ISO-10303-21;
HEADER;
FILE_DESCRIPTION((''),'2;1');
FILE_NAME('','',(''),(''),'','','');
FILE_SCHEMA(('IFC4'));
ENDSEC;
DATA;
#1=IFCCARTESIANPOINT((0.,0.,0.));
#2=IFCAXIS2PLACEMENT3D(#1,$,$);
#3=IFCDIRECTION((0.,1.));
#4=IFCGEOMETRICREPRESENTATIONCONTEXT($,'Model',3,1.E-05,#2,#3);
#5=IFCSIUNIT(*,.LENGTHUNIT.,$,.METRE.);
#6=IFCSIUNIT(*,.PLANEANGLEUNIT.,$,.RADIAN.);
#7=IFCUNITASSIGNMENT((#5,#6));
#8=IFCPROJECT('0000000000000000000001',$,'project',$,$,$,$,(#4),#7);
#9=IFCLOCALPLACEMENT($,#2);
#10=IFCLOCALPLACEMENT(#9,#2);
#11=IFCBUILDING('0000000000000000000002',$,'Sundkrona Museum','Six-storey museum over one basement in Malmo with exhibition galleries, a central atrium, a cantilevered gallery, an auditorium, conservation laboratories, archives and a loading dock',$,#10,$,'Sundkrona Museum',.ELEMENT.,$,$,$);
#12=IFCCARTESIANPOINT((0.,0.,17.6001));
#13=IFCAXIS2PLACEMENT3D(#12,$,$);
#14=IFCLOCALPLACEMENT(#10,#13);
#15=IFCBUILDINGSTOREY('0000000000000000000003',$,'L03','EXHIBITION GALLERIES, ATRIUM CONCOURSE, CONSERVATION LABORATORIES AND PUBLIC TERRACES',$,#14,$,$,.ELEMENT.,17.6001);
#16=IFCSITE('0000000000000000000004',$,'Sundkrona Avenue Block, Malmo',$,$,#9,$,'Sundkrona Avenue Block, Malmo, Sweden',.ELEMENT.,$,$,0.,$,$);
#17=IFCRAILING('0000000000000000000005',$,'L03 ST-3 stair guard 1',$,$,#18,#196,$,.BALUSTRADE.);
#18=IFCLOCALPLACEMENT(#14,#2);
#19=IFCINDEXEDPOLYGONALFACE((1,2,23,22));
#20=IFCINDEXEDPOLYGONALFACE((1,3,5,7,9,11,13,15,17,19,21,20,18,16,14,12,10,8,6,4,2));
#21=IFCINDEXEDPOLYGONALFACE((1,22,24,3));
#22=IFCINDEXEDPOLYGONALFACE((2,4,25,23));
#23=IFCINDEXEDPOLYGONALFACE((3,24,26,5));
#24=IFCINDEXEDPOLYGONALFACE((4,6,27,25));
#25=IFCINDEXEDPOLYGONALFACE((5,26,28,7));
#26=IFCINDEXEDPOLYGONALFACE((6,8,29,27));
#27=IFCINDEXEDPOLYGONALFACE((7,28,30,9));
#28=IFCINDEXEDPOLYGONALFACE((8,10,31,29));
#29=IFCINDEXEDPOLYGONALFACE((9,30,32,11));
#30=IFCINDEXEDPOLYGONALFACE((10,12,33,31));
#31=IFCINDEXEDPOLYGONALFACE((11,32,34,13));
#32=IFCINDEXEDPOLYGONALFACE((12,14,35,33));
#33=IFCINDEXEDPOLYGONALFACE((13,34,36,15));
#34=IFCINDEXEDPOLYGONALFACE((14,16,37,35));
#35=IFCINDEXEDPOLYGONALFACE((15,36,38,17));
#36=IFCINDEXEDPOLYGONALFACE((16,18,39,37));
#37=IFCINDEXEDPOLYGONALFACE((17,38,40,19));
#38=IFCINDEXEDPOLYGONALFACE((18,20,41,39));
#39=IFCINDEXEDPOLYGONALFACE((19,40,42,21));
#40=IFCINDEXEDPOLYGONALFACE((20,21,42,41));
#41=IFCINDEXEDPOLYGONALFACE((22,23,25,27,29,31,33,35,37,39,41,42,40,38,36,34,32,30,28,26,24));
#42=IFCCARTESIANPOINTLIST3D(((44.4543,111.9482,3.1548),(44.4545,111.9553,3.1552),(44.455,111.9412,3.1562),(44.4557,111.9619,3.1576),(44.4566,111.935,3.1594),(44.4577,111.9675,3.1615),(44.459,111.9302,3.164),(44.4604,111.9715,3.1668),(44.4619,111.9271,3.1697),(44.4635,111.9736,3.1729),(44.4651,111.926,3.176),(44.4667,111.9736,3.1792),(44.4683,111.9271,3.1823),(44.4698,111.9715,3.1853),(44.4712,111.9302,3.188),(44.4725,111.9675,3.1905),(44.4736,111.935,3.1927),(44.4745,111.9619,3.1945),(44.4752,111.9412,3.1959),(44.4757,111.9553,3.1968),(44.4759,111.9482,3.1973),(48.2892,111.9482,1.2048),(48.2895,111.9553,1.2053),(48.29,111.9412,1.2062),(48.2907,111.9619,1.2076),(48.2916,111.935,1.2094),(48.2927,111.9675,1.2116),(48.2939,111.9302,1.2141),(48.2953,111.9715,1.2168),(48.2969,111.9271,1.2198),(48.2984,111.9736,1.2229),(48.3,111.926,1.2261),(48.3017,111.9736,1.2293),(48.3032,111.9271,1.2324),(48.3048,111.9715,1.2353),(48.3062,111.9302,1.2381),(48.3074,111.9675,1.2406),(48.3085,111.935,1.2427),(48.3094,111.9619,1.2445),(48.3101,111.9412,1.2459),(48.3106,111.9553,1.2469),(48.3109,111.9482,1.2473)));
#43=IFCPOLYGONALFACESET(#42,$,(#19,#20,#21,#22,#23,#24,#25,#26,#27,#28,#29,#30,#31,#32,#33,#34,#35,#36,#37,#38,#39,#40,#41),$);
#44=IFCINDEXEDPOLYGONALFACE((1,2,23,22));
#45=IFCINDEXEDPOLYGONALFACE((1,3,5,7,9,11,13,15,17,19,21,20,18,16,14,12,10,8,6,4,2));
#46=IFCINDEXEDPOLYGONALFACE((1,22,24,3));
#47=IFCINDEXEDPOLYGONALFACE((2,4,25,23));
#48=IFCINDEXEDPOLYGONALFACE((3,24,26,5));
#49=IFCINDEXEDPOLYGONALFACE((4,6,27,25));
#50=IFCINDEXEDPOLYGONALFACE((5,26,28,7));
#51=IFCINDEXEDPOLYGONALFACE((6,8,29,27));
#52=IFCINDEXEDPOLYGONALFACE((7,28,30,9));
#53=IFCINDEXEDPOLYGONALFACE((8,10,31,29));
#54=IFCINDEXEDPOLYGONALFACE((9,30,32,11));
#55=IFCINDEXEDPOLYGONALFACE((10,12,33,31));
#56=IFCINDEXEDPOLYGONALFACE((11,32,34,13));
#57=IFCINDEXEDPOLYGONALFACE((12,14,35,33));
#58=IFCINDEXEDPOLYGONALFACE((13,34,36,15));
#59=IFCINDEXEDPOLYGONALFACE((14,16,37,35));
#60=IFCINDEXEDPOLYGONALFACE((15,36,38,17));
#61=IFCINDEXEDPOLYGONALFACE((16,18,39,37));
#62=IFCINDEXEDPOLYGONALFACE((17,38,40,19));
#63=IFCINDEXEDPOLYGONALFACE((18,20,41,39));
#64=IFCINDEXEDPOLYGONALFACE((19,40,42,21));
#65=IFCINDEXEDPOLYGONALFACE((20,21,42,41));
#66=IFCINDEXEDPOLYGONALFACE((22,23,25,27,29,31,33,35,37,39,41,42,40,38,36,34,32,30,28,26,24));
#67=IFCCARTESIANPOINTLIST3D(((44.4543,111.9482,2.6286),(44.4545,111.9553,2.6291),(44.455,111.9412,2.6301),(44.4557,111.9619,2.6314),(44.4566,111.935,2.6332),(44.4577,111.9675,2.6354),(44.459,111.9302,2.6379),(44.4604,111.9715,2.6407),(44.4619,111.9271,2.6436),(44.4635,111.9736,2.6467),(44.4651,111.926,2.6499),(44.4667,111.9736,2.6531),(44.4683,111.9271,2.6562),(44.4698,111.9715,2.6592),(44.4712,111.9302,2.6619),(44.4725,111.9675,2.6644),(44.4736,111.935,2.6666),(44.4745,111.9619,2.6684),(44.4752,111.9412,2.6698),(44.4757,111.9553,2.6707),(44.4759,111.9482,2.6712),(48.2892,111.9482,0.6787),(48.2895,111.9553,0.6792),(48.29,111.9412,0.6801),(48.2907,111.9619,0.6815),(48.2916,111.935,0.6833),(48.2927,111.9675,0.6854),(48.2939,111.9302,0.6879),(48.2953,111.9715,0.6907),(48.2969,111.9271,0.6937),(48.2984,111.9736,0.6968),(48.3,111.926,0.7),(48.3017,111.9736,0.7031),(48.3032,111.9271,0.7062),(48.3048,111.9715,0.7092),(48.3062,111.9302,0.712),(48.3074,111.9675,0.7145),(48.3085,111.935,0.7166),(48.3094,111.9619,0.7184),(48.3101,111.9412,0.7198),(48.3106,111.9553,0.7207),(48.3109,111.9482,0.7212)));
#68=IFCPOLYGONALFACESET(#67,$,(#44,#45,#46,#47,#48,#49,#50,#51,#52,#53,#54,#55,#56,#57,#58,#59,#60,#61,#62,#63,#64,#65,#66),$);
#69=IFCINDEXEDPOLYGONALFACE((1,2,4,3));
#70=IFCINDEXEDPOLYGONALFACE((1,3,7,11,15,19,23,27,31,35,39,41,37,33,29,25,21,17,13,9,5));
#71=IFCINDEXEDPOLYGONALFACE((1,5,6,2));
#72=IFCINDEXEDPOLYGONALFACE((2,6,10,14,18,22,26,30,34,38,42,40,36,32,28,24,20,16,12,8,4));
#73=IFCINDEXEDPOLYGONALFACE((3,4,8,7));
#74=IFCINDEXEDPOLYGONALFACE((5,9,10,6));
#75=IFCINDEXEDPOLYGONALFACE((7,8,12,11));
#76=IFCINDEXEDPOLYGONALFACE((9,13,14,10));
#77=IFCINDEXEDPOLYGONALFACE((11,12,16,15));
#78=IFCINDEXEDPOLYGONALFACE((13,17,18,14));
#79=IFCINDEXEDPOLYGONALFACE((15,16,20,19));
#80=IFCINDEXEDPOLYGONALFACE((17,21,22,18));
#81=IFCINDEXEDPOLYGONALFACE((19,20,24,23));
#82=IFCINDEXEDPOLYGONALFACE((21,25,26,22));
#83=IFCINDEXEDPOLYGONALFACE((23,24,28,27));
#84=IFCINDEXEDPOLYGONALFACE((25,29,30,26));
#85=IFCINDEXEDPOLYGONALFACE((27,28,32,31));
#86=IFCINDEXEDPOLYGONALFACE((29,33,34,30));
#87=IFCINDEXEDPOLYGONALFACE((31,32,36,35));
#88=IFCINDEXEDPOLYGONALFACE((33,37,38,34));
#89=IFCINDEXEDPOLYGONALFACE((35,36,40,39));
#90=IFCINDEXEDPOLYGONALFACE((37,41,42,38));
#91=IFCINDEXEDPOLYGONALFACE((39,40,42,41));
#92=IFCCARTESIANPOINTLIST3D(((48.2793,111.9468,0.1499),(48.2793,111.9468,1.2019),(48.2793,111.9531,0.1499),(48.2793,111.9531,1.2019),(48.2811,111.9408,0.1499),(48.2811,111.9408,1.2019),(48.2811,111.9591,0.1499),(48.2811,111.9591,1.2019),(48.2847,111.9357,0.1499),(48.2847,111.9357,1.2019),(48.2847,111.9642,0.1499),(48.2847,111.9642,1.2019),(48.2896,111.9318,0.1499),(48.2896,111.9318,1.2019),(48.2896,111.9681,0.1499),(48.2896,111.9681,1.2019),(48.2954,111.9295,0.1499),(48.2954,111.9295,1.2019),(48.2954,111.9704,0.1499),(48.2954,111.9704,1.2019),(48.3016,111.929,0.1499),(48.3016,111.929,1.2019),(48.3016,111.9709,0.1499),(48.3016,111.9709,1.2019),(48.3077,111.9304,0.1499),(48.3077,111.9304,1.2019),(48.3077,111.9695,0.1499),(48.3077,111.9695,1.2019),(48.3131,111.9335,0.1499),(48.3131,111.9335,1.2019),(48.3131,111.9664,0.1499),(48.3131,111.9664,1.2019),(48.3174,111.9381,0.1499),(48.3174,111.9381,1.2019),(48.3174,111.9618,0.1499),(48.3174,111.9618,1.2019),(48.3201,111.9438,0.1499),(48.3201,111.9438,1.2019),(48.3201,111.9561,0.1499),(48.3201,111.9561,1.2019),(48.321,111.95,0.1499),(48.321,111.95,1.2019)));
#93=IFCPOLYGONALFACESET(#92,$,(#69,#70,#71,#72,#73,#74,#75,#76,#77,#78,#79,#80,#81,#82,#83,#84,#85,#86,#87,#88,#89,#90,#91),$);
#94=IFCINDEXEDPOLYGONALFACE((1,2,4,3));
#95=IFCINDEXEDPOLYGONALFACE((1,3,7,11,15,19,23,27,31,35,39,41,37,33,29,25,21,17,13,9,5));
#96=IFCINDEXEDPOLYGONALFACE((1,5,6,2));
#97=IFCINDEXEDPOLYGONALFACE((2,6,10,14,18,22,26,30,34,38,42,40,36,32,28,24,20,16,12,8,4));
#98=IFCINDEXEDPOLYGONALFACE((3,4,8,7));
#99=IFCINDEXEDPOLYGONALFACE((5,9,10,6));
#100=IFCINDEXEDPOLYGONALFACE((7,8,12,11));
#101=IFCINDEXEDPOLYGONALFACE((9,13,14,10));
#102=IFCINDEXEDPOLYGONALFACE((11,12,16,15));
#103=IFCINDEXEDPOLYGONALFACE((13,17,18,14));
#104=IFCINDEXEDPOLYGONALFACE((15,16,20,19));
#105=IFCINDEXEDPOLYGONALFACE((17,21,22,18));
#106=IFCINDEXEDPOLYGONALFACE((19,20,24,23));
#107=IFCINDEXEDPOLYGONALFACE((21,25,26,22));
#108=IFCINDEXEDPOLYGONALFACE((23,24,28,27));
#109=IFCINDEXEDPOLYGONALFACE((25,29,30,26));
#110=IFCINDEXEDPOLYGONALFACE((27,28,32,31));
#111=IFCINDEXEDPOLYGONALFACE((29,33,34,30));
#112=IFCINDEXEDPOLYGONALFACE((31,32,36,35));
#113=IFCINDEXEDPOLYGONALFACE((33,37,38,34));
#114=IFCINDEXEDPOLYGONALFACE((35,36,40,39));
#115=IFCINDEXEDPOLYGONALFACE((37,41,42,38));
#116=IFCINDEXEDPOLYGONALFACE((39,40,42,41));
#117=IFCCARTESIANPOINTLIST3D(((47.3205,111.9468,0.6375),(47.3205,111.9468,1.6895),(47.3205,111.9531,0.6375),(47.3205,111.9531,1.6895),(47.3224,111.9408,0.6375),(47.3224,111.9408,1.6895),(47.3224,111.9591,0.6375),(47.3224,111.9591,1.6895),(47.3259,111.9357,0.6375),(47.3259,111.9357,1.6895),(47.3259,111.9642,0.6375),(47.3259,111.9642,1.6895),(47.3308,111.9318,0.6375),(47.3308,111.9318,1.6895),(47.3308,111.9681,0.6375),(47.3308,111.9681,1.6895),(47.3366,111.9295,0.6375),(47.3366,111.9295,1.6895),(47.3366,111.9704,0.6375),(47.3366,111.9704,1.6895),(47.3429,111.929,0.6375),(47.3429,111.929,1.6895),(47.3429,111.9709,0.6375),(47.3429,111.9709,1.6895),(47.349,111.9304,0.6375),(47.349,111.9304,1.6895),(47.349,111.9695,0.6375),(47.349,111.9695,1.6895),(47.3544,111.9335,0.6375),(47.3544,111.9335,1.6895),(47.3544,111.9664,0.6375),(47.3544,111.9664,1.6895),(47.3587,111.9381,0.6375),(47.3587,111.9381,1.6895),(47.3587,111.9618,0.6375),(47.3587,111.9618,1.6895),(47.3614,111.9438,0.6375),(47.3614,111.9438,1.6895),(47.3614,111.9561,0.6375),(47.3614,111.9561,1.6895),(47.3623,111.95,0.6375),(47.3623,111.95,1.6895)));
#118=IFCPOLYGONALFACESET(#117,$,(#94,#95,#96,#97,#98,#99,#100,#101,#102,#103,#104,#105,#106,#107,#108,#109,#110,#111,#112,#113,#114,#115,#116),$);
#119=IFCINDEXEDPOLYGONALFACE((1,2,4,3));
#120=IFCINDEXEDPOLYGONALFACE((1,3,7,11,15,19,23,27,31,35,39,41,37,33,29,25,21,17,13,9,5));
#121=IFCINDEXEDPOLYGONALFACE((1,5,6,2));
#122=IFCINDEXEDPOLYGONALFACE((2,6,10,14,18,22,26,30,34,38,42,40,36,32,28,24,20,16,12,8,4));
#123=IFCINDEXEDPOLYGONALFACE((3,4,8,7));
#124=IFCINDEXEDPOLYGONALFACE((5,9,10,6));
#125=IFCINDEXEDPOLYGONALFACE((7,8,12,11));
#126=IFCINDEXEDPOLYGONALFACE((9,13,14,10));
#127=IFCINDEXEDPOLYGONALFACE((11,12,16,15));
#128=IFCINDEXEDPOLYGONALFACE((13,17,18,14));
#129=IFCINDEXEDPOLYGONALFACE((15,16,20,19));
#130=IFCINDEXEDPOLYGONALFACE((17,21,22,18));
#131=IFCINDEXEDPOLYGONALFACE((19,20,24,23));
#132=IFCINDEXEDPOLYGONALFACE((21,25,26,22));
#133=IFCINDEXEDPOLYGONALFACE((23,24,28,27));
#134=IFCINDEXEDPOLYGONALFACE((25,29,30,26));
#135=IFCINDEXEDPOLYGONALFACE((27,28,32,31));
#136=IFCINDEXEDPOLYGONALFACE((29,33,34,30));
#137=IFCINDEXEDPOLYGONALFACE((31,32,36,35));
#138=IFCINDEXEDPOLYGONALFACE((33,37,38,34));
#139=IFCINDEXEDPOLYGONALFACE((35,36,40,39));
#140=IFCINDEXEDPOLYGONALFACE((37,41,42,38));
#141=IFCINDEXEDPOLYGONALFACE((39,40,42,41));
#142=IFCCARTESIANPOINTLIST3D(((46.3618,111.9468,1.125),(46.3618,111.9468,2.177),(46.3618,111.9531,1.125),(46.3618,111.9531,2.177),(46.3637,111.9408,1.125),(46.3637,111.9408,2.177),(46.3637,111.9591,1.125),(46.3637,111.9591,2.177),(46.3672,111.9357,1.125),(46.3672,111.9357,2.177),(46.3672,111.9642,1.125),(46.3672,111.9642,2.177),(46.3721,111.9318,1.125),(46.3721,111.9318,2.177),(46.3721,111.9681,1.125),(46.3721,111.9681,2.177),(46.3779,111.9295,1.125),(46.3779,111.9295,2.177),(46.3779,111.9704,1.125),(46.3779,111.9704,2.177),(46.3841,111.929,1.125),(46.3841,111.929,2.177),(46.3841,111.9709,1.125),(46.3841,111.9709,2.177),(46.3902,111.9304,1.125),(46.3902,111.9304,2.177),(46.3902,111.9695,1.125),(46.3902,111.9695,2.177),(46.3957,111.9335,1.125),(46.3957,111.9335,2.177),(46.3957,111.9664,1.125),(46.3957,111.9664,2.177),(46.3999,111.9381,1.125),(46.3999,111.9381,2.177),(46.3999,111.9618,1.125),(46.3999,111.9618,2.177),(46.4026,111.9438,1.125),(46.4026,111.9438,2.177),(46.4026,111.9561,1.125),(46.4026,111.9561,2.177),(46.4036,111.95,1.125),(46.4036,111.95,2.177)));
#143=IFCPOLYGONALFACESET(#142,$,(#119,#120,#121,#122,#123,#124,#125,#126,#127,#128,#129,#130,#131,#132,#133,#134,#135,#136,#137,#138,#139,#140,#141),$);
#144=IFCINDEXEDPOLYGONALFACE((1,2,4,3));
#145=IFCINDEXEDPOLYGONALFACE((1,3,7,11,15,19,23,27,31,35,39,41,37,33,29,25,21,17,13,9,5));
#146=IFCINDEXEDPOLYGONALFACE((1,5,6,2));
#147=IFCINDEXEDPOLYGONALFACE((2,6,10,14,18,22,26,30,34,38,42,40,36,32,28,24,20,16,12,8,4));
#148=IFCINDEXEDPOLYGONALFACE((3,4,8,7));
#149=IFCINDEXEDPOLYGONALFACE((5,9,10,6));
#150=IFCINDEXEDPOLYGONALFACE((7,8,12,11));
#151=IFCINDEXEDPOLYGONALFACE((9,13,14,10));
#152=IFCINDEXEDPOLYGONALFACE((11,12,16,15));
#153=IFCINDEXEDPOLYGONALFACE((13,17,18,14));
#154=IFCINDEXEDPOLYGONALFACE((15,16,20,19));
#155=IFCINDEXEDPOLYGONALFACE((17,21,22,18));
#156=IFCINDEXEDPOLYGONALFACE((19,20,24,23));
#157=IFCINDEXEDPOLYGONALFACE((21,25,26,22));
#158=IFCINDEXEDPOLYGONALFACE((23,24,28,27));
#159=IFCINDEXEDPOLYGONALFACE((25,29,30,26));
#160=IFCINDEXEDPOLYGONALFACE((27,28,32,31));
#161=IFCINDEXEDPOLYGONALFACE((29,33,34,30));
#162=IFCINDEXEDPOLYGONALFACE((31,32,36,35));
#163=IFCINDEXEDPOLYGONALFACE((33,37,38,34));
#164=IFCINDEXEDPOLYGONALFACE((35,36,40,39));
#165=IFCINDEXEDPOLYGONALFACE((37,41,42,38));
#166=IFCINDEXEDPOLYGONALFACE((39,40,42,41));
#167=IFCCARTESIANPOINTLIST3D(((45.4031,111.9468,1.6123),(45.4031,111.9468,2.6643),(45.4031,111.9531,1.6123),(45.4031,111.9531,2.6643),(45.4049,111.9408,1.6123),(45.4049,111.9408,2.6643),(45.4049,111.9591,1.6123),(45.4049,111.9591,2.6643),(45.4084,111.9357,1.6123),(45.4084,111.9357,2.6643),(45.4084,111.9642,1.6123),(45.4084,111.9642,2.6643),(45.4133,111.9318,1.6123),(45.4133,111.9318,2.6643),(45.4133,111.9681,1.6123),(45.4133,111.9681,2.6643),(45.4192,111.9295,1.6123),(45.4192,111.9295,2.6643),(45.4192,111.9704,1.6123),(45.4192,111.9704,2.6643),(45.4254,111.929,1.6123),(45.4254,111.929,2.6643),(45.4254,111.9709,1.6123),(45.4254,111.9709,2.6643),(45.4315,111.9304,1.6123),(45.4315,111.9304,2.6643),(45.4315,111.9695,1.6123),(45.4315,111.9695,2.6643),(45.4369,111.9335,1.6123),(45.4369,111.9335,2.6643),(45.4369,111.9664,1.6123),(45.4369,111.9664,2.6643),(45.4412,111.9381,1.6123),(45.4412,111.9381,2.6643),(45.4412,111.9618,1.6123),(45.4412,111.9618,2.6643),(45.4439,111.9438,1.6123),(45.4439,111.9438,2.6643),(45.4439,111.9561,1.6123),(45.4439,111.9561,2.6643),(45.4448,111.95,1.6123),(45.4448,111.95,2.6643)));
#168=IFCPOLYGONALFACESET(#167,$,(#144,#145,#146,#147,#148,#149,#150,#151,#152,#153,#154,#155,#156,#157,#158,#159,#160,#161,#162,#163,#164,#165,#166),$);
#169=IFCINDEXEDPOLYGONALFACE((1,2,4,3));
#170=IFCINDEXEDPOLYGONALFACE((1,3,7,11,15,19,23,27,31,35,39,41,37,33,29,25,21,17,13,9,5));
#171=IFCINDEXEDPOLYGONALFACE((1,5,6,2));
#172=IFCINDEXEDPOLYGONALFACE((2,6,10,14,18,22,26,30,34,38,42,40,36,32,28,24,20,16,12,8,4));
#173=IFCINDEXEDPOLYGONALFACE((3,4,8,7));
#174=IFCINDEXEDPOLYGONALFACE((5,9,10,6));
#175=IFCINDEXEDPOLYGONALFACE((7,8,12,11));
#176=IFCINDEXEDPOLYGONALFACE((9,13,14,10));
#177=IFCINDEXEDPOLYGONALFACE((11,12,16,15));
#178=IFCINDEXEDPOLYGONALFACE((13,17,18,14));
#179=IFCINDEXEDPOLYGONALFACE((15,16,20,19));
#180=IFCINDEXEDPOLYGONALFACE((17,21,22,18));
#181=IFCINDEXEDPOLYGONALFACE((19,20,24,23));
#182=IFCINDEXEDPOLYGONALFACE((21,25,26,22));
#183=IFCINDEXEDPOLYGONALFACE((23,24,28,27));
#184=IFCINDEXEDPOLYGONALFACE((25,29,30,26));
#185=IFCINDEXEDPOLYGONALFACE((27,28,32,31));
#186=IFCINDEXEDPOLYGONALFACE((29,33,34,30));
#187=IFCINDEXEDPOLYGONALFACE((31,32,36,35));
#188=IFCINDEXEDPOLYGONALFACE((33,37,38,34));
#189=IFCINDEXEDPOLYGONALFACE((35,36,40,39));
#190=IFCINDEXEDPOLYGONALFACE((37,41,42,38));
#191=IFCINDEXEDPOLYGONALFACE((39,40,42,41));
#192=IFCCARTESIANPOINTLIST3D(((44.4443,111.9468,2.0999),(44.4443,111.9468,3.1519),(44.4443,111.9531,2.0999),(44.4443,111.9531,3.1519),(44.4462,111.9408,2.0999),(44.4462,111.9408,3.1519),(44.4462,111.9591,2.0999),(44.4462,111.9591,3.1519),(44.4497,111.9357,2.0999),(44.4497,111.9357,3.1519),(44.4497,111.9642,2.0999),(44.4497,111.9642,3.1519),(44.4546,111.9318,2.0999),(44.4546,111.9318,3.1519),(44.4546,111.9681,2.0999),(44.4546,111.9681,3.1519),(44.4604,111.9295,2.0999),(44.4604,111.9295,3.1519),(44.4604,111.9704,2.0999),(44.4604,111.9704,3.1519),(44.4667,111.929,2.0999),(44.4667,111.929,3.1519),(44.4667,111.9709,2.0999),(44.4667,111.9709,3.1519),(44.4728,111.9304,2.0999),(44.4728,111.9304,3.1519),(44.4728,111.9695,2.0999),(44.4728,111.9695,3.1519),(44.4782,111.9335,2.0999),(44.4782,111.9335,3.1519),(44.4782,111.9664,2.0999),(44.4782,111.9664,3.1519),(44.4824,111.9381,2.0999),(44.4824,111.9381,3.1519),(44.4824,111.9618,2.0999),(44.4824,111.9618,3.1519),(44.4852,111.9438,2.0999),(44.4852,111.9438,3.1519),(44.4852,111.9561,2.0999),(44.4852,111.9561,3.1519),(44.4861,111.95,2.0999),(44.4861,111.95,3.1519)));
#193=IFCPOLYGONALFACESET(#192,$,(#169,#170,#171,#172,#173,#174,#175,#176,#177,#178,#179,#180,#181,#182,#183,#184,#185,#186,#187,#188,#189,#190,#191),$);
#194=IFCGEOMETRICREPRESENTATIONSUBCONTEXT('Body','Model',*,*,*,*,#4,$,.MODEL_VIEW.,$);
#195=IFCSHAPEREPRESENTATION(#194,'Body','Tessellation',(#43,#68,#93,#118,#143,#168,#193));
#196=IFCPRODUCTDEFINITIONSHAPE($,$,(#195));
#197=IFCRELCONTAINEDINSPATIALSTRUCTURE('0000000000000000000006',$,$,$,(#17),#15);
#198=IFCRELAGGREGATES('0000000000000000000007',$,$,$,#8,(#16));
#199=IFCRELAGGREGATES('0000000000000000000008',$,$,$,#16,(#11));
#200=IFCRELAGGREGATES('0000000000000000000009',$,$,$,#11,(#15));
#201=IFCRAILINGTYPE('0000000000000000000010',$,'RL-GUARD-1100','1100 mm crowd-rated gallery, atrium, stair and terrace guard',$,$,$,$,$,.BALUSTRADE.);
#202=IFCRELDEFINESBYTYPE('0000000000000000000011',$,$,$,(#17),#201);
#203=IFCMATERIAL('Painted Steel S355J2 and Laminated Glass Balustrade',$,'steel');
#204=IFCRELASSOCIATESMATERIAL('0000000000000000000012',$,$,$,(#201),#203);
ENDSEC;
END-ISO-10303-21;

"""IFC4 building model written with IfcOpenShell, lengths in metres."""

from ifc_helpers import new_model, si_unit, direction, frame, origin, origin_2d, place, context, subcontext, project, spatial, circle, extrude, material, type_object, element, save


model = new_model("IFC4")

# Units and contexts
model_context = context("Model", 3, precision=1e-05, world=origin(), true_north=direction((0.0, 1.0)))
body_context = subcontext(model_context, "Body", "Model", "MODEL_VIEW")
ifc_project = project(units=[si_unit("LENGTHUNIT", "METRE"), si_unit("PLANEANGLEUNIT", "RADIAN")], contexts=[model_context])

# Site, building, storey
site_placement = place(None, origin())
site = spatial("IfcSite", under=ifc_project, at=site_placement, Name="Sundkrona Avenue Block, Malmo", LongName="Sundkrona Avenue Block, Malmo, Sweden", CompositionType="ELEMENT", RefElevation=0.0)
building_placement = place(site_placement, origin())
building = spatial("IfcBuilding", under=site, at=building_placement, Name="Sundkrona Museum", Description="Six-storey museum over one basement in Malmo with exhibition galleries, a central atrium, a cantilevered gallery, an auditorium, conservation laboratories, archives and a loading dock", LongName="Sundkrona Museum", CompositionType="ELEMENT")
storey_placement = place(building_placement, frame((0.0, 0.0, 17.6001)))
storey = spatial("IfcBuildingStorey", under=building, at=storey_placement, Name="L03", Description="EXHIBITION GALLERIES, ATRIUM CONCOURSE, CONSERVATION LABORATORIES AND PUBLIC TERRACES", CompositionType="ELEMENT", Elevation=17.6001)

# Railing
ifc_material_1 = material(Name="Painted Steel S355J2 and Laminated Glass Balustrade", Category="steel")
railing_type_1 = type_object("IfcRailingType", Name="RL-GUARD-1100", Description="1100 mm crowd-rated gallery, atrium, stair and terrace guard", PredefinedType="BALUSTRADE", material=ifc_material_1)
railing_1_placement = place(storey_placement, frame((48.3, 111.95, 0.1499)))
element("IfcRailing", 1, at=railing_1_placement, inside=storey, type_object=railing_type_1, Name="L03 ST-3 stair guard 1", PredefinedType="BALUSTRADE", context=body_context, shape_type="SweptSolid", body=[
    extrude(circle(Radius=0.0239, at=origin_2d()), frame((0.0, 0.0, 1.0762), z_axis=(-0.891388, 0.0, 0.453241), x_axis=(0.0, -1.0, 0.0)), (0.0, 0.0, 1.0), 4.3022),
    extrude(circle(Radius=0.0239, at=origin_2d()), frame((0.0, 0.0, 0.55), z_axis=(-0.891388, 0.0, 0.453241), x_axis=(0.0, -1.0, 0.0)), (0.0, 0.0, 1.0), 4.3022),
    extrude(circle(Radius=0.021, at=origin_2d()), origin(), (0.0, 0.0, 1.0), 1.052),
    extrude(circle(Radius=0.021, at=origin_2d()), frame((-0.9587, 0.0, 0.4875)), (0.0, 0.0, 1.0), 1.052),
    extrude(circle(Radius=0.021, at=origin_2d()), frame((-1.9175, 0.0, 0.9751)), (0.0, 0.0, 1.0), 1.052),
    extrude(circle(Radius=0.021, at=origin_2d()), frame((-2.8762, 0.0, 1.4624)), (0.0, 0.0, 1.0), 1.052),
    extrude(circle(Radius=0.021, at=origin_2d()), frame((-3.835, 0.0, 1.95)), (0.0, 0.0, 1.0), 1.052),
])

save(model, "model.ifc")
